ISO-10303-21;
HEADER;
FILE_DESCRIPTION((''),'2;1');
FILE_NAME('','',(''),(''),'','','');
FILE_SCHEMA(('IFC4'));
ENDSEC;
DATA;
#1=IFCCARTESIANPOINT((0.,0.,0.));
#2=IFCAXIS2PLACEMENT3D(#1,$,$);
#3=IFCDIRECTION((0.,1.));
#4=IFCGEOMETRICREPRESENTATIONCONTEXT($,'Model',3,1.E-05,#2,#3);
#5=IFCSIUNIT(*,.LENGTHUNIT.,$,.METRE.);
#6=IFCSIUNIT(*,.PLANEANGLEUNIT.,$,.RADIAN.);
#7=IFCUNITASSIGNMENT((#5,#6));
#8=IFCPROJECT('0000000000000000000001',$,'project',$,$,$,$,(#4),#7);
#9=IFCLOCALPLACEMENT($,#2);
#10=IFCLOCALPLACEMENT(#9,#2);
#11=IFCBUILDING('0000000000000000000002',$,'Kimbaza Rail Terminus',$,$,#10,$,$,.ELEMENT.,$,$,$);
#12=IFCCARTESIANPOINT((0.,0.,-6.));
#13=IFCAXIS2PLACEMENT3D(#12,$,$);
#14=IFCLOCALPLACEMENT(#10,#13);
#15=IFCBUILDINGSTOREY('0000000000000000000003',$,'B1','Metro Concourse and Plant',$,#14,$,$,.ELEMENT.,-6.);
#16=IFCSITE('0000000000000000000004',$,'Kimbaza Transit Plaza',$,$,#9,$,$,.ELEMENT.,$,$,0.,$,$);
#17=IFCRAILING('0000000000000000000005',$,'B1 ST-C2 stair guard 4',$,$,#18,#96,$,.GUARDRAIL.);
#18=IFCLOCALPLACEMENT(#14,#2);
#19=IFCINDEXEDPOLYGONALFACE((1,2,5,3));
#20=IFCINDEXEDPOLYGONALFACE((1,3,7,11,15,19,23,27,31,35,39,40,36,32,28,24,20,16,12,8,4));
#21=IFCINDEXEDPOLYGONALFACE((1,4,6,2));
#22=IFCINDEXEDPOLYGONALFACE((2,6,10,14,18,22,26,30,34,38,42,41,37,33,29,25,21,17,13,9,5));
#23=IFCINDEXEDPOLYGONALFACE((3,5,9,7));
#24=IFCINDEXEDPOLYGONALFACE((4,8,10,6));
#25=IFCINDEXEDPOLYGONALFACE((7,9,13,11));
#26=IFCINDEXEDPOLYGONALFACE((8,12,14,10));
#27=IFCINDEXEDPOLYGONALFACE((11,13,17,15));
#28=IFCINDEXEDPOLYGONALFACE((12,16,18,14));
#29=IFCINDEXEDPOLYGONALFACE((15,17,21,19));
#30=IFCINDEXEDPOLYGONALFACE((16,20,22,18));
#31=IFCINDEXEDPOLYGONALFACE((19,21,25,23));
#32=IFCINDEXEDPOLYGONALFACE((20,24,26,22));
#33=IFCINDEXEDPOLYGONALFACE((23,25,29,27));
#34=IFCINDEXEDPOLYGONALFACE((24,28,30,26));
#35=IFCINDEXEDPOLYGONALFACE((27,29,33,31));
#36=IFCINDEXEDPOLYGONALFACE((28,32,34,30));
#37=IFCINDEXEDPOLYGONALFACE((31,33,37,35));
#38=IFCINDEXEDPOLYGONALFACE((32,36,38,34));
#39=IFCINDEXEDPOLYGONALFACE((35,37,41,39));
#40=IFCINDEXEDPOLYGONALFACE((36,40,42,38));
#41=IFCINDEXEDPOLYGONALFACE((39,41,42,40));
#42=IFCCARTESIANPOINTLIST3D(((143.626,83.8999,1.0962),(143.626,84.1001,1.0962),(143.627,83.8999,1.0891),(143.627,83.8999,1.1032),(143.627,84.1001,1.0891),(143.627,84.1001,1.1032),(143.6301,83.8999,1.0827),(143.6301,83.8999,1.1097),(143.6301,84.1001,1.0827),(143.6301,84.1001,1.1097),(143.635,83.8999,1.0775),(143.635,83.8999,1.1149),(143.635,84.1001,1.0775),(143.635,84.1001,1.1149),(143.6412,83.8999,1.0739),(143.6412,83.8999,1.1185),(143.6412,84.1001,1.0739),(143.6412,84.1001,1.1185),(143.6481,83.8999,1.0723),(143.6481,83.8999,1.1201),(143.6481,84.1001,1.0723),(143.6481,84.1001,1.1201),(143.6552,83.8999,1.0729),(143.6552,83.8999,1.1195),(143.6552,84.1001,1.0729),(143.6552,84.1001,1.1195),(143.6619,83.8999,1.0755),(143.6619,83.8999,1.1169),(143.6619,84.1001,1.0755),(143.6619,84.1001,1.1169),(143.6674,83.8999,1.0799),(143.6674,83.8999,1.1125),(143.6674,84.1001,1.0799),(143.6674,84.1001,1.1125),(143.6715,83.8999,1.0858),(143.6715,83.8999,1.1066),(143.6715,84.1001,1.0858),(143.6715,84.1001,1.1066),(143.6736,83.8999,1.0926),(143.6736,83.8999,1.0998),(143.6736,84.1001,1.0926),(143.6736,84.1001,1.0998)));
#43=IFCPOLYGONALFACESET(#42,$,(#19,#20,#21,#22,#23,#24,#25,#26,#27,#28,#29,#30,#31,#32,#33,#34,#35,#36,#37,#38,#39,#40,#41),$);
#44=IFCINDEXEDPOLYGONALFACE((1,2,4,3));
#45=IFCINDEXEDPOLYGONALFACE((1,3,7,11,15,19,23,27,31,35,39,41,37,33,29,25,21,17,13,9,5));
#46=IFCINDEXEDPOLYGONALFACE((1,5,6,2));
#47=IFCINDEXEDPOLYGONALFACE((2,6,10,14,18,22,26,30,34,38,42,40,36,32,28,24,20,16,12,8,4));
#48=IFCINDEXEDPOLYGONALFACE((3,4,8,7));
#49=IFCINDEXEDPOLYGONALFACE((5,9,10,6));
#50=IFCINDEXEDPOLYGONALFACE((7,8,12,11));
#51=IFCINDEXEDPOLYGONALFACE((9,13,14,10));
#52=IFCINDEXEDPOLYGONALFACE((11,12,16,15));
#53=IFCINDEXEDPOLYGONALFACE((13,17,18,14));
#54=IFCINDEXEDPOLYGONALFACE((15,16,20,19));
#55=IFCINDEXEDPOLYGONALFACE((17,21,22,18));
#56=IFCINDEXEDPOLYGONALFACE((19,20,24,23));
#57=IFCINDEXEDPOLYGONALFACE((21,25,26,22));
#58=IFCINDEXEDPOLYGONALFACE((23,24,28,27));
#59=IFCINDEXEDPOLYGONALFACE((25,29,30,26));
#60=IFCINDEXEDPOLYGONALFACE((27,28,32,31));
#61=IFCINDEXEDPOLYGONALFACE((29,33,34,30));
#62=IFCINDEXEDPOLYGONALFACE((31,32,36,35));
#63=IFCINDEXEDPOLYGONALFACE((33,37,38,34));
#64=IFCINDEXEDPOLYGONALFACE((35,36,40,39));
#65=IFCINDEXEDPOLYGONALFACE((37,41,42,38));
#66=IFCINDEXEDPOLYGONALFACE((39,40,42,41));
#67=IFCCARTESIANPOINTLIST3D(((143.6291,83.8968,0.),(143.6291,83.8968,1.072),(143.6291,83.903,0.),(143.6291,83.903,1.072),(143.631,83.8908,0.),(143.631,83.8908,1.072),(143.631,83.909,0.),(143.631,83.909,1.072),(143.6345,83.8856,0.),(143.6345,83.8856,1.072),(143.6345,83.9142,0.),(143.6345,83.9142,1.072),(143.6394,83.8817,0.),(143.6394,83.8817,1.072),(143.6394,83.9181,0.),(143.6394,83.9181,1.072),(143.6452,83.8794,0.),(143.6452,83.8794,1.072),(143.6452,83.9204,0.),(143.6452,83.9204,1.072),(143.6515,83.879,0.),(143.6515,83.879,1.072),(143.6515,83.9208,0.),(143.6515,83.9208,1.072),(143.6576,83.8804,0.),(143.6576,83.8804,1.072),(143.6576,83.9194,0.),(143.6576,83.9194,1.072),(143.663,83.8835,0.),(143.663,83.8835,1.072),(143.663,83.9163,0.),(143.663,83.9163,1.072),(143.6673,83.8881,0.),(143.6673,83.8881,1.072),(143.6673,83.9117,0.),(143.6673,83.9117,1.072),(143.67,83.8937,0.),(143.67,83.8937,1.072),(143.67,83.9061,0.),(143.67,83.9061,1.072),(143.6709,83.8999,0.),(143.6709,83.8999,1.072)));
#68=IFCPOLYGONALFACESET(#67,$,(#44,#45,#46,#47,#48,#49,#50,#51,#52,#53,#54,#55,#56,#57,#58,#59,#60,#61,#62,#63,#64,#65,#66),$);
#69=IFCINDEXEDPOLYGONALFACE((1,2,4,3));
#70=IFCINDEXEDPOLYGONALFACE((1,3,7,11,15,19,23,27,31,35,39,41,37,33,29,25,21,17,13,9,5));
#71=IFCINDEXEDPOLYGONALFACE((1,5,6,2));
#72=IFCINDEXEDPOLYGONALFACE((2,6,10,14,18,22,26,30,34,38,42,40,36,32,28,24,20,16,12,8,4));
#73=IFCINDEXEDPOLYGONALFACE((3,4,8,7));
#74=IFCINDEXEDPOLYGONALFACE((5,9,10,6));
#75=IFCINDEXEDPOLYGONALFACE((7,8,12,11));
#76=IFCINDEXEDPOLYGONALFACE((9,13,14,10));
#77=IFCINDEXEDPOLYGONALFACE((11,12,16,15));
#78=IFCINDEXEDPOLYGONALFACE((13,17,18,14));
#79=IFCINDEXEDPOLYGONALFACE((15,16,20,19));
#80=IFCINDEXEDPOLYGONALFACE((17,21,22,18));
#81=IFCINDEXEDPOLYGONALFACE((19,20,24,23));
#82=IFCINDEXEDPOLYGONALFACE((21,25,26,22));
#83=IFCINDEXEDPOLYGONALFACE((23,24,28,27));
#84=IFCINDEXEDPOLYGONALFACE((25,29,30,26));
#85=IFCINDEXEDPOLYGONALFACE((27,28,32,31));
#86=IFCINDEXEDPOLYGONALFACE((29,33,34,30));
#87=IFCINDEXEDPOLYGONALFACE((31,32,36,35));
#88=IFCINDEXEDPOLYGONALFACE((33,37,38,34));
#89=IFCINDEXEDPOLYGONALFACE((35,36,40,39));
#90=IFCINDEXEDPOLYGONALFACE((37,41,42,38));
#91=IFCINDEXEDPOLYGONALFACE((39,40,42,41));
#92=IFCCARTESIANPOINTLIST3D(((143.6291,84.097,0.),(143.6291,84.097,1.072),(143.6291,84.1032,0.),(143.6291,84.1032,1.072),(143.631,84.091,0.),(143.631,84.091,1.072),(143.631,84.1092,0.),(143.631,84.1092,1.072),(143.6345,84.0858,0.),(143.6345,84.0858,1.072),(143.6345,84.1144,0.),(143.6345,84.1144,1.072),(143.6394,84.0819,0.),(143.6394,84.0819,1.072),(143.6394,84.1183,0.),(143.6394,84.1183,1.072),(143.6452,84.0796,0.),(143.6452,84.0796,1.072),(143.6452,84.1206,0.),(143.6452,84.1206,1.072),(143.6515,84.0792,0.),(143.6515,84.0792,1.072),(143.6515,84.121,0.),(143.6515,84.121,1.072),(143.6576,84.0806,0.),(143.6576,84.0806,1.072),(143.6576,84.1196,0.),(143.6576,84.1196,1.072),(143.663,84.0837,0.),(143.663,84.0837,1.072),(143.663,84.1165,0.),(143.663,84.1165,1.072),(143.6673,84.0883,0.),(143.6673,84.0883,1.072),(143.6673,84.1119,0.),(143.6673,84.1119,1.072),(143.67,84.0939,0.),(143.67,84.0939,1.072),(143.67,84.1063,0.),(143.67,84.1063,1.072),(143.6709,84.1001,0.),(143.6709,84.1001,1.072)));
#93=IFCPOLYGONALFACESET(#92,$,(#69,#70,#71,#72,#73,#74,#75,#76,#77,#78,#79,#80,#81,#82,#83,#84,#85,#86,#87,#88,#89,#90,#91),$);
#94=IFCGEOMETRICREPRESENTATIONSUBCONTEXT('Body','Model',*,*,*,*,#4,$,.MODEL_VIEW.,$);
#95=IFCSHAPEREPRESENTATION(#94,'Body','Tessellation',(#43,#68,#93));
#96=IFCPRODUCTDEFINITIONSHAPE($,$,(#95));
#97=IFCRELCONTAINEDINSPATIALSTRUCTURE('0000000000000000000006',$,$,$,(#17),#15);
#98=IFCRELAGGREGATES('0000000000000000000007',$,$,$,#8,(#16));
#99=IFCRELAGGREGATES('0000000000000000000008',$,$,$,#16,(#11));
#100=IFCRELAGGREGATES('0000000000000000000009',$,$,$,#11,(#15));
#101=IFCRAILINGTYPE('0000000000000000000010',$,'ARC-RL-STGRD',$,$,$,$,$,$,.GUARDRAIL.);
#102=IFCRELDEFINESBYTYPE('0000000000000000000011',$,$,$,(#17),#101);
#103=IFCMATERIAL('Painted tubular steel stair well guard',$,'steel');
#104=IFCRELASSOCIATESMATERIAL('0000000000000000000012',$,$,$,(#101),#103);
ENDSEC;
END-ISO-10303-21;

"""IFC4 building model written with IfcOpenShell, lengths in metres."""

from ifc_helpers import new_model, si_unit, direction, frame, origin, origin_2d, place, context, subcontext, project, spatial, circle, extrude, material, type_object, element, save


model = new_model("IFC4")

# Units and contexts
model_context = context("Model", 3, precision=1e-05, world=origin(), true_north=direction((0.0, 1.0)))
body_context = subcontext(model_context, "Body", "Model", "MODEL_VIEW")
ifc_project = project(units=[si_unit("LENGTHUNIT", "METRE"), si_unit("PLANEANGLEUNIT", "RADIAN")], contexts=[model_context])

# Site, building, storey
site_placement = place(None, origin())
site = spatial("IfcSite", under=ifc_project, at=site_placement, Name="Kimbaza Transit Plaza", CompositionType="ELEMENT", RefElevation=0.0)
building_placement = place(site_placement, origin())
building = spatial("IfcBuilding", under=site, at=building_placement, Name="Kimbaza Rail Terminus", CompositionType="ELEMENT")
storey_placement = place(building_placement, frame((0.0, 0.0, -6.0)))
storey = spatial("IfcBuildingStorey", under=building, at=storey_placement, Name="B1", Description="Metro Concourse and Plant", CompositionType="ELEMENT", Elevation=-6.0)

# Railing
ifc_material_1 = material(Name="Painted tubular steel stair well guard", Category="steel")
railing_type_1 = type_object("IfcRailingType", Name="ARC-RL-STGRD", PredefinedType="GUARDRAIL", material=ifc_material_1)
railing_1_placement = place(storey_placement, frame((143.6499, 83.8999, 0.0)))
element("IfcRailing", 1, at=railing_1_placement, inside=storey, type_object=railing_type_1, Name="B1 ST-C2 stair guard 4", PredefinedType="GUARDRAIL", context=body_context, shape_type="SweptSolid", body=[
    extrude(circle(Radius=0.0239, at=origin_2d()), frame((0.0, 0.0, 1.0962), z_axis=(0.0, 1.0, 0.0), x_axis=(-1.0, 0.0, 0.0)), (0.0, 0.0, 1.0), 0.2002),
    extrude(circle(Radius=0.021, at=origin_2d()), origin(), (0.0, 0.0, 1.0), 1.072),
    extrude(circle(Radius=0.021, at=origin_2d()), frame((0.0, 0.2002, 0.0)), (0.0, 0.0, 1.0), 1.072),
])

save(model, "model.ifc")
